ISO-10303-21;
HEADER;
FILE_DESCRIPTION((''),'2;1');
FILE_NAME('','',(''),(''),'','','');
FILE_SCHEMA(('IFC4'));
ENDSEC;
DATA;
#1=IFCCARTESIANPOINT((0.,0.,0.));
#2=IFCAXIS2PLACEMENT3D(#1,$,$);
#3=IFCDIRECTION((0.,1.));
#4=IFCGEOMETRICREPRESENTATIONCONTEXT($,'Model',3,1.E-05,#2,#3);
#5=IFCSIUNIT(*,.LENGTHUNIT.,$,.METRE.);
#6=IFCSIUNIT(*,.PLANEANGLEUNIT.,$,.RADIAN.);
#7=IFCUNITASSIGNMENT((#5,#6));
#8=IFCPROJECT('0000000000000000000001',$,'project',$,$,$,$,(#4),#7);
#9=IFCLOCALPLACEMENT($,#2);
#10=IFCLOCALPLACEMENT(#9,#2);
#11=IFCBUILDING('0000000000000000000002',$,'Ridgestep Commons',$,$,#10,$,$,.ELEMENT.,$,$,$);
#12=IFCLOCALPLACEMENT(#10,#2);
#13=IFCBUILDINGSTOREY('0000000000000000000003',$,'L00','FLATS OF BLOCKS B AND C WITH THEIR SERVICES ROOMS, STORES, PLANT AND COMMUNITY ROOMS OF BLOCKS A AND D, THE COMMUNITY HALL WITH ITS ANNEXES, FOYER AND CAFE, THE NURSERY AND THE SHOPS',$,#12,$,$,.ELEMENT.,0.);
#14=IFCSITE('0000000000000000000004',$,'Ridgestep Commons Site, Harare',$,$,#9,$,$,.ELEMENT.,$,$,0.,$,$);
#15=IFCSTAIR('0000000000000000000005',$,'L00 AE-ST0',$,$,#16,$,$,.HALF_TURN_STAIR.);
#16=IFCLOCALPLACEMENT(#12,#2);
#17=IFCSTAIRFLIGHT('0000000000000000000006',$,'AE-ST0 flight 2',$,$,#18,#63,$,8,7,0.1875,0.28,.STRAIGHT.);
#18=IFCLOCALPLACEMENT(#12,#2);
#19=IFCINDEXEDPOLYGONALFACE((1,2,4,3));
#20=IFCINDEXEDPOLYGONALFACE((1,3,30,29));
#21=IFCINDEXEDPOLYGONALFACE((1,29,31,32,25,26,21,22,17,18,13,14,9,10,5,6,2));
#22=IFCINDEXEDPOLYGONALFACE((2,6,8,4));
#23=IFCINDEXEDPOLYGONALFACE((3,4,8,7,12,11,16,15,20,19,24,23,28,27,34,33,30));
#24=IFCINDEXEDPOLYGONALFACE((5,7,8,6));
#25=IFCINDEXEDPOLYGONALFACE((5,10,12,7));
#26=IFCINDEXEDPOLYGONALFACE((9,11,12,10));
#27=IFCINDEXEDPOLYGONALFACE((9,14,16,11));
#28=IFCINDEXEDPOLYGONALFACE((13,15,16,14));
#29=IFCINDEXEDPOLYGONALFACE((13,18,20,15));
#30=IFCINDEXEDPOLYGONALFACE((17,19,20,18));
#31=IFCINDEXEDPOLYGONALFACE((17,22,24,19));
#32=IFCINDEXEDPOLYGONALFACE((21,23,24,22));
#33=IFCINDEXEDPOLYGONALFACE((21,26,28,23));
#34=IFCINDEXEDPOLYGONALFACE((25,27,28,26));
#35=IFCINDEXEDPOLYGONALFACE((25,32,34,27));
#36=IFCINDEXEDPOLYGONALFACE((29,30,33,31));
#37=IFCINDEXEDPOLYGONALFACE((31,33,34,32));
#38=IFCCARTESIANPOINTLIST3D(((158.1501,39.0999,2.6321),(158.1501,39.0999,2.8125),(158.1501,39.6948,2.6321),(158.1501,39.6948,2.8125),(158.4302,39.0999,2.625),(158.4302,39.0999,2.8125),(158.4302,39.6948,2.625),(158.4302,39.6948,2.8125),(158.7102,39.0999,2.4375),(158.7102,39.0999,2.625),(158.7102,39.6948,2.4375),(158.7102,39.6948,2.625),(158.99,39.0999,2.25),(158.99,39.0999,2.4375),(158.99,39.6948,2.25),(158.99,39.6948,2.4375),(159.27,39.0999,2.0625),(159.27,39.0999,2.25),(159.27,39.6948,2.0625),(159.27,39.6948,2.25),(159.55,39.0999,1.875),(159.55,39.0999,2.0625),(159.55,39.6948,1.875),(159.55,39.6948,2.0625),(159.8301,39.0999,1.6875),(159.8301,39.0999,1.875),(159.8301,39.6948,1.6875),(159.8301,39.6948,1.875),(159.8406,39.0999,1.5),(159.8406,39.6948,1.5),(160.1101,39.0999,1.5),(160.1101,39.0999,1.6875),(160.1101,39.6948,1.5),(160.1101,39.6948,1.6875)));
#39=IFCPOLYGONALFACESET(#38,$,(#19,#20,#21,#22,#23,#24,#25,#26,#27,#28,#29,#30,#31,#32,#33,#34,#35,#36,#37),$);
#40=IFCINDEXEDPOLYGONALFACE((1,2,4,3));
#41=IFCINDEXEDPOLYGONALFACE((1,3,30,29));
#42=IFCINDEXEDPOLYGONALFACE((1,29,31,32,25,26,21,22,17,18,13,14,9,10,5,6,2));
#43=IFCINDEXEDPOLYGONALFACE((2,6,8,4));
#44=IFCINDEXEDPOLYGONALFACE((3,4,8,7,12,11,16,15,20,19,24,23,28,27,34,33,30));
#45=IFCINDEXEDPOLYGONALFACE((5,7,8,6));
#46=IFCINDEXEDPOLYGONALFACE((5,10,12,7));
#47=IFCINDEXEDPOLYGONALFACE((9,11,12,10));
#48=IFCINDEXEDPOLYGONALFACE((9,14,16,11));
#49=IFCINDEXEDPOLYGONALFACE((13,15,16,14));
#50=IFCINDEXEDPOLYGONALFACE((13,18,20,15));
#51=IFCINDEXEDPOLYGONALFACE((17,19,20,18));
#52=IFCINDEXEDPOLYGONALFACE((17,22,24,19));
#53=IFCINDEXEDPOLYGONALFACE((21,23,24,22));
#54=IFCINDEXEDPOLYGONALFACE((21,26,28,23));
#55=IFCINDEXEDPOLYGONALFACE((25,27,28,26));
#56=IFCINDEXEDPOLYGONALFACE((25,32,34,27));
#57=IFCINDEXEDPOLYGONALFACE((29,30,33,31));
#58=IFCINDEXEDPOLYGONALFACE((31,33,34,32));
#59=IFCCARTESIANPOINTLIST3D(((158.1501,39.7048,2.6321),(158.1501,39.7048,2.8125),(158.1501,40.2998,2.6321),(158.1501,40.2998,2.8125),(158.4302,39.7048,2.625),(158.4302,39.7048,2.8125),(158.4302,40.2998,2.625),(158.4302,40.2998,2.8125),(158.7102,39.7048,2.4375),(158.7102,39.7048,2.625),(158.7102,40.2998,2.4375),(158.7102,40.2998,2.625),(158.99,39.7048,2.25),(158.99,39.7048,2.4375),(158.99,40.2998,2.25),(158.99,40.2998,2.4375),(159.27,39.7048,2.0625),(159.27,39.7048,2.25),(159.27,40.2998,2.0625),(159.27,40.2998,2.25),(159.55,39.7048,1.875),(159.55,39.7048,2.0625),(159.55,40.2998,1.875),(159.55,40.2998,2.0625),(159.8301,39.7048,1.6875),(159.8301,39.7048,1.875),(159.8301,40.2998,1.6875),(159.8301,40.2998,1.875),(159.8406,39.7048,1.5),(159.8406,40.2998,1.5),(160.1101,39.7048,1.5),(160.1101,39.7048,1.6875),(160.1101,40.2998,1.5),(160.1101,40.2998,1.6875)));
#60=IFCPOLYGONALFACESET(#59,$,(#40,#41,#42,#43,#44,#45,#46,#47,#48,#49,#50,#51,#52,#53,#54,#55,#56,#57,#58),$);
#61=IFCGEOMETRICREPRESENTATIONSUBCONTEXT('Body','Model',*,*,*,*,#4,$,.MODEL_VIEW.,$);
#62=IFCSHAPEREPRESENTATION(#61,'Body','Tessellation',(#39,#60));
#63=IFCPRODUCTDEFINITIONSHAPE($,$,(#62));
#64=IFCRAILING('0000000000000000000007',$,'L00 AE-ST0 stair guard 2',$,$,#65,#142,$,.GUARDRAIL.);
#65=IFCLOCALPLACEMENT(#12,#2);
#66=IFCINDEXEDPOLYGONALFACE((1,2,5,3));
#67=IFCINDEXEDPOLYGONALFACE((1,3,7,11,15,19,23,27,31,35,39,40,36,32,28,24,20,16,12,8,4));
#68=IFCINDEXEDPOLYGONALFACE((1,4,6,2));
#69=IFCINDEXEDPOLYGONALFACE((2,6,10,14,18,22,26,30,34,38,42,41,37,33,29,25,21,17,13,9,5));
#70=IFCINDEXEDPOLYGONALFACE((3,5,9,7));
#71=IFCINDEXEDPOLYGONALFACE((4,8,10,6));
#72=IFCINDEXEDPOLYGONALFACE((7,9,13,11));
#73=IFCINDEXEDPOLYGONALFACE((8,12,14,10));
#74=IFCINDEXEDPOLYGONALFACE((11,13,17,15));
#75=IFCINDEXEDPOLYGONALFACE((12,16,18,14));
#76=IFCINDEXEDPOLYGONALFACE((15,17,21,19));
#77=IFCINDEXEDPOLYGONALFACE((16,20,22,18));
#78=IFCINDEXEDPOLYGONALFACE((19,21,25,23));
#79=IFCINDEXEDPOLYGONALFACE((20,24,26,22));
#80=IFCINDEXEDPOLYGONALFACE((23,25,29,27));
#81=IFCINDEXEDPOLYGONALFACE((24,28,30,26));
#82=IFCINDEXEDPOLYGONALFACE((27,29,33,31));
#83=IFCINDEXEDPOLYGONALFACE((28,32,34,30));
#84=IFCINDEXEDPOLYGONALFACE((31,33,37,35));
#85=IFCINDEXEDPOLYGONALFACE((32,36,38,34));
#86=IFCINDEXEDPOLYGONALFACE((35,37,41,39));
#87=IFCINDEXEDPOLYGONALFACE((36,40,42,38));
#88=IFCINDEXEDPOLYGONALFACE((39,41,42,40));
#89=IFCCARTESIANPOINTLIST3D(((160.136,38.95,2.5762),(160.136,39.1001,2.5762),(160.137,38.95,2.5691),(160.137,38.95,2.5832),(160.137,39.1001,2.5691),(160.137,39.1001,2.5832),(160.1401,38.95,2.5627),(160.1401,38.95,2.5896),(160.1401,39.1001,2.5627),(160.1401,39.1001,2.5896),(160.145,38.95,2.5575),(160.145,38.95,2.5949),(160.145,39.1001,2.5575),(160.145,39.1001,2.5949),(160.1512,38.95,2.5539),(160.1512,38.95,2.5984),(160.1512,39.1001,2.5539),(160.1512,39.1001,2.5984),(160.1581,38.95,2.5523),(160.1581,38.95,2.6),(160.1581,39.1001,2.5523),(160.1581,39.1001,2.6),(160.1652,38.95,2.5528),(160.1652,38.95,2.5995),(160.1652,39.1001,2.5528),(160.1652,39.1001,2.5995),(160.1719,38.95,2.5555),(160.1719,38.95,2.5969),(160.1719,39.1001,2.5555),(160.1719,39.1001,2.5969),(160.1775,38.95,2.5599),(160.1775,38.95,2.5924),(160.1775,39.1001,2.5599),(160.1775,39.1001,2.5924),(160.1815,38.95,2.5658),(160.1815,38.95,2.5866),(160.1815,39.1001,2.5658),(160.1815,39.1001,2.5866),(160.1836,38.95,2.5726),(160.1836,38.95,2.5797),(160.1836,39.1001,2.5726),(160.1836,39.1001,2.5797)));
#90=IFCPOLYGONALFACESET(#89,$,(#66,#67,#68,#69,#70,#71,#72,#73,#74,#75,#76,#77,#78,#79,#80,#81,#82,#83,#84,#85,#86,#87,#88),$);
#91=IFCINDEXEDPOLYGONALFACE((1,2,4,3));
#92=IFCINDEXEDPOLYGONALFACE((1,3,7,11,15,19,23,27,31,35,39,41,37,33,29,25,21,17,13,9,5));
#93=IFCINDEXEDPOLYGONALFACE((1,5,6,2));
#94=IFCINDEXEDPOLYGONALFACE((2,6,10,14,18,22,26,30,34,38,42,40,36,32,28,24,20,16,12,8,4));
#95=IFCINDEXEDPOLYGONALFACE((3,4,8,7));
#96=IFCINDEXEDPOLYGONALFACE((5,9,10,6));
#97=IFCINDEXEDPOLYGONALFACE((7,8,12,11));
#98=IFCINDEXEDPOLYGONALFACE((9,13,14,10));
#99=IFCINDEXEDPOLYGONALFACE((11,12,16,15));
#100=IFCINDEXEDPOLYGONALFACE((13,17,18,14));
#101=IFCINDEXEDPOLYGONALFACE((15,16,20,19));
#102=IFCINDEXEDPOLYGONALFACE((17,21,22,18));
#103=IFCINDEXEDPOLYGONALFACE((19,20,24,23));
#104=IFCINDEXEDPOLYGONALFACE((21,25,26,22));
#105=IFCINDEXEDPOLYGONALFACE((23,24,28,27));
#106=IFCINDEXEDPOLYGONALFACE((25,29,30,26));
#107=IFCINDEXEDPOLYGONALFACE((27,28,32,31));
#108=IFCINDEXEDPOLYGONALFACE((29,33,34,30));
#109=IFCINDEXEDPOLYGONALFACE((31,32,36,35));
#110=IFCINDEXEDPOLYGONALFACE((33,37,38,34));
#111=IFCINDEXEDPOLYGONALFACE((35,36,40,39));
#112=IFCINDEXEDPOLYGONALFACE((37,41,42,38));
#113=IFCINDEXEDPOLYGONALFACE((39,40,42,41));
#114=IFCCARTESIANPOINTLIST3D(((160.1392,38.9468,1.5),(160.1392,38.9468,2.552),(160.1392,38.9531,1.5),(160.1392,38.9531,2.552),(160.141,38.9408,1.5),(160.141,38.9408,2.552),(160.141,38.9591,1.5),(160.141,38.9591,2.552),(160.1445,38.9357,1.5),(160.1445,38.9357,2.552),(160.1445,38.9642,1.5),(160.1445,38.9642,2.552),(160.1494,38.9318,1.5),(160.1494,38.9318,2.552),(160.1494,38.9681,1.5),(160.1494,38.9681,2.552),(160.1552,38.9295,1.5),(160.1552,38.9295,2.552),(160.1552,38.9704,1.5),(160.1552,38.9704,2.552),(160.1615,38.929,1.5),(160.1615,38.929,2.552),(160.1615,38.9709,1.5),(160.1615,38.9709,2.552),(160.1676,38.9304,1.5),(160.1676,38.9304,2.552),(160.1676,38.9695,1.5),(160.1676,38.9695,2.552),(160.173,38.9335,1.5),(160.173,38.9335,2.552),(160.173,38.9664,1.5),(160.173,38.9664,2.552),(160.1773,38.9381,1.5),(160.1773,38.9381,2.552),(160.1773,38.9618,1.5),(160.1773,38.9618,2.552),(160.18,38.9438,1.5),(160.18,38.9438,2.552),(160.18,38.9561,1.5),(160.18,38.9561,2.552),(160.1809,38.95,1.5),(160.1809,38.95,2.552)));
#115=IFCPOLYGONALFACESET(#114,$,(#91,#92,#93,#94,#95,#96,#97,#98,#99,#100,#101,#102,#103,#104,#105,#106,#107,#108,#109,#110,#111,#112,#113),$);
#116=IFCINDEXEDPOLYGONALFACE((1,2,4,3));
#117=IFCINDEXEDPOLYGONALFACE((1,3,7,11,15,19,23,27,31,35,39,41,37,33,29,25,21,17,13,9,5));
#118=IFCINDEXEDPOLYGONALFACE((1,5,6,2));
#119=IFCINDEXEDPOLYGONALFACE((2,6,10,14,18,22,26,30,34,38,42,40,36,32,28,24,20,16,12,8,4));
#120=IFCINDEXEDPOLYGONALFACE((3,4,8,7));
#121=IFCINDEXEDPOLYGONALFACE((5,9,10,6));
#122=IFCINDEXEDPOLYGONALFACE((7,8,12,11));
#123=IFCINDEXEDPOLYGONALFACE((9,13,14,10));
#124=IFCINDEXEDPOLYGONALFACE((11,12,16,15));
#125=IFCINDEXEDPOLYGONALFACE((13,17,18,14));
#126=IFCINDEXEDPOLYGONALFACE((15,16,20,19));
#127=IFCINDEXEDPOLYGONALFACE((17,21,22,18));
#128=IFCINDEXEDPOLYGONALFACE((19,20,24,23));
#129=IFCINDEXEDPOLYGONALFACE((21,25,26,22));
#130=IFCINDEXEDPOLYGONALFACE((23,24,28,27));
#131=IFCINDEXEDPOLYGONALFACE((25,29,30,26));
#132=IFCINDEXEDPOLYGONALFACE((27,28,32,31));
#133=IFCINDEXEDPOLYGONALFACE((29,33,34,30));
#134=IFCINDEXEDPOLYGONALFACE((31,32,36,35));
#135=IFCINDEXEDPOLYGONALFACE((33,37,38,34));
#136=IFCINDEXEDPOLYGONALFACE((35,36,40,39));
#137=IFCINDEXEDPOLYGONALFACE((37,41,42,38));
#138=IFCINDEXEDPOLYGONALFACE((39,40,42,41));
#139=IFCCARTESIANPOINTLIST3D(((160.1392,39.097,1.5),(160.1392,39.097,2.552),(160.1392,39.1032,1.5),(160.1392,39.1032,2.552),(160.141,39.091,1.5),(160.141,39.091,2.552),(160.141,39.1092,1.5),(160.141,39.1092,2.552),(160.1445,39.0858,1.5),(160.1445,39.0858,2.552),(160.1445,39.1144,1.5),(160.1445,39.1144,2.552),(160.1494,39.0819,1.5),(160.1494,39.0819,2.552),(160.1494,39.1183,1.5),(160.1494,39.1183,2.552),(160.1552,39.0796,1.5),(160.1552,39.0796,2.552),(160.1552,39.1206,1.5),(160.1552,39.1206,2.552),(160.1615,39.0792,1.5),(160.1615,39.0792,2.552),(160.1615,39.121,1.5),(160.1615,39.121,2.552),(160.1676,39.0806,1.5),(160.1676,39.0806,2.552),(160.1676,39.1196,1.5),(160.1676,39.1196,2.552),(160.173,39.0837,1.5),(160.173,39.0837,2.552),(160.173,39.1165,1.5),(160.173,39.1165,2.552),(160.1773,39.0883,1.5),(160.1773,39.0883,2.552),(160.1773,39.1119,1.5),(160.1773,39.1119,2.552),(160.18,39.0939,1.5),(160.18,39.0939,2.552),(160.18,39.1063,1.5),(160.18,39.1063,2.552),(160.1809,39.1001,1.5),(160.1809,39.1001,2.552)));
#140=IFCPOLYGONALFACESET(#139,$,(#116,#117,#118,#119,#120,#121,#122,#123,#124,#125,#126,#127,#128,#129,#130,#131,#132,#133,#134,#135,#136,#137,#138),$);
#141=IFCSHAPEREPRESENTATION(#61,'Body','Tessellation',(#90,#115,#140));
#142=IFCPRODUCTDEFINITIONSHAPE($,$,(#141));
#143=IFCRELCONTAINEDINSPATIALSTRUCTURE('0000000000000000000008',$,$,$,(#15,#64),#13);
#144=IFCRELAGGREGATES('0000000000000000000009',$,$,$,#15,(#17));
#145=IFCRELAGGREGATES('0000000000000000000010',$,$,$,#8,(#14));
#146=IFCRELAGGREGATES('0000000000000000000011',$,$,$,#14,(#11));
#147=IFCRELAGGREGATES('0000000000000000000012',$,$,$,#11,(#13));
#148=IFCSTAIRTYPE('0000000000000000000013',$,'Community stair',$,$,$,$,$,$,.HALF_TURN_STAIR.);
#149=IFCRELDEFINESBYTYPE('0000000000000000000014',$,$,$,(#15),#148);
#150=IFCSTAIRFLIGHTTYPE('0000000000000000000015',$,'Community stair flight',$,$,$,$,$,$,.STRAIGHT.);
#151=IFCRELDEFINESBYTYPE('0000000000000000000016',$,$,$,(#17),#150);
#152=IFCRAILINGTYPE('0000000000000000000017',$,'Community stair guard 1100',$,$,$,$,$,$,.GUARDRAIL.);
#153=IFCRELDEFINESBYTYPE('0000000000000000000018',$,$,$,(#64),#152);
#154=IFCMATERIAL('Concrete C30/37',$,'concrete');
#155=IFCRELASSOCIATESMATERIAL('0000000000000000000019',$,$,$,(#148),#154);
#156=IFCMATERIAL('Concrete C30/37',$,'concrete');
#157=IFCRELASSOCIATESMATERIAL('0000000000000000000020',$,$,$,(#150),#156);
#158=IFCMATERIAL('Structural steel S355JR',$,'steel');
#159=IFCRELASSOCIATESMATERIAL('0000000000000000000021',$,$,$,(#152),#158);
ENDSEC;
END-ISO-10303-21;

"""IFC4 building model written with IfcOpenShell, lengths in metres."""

from ifc_helpers import new_model, si_unit, direction, frame, origin, origin_2d, place, context, subcontext, project, spatial, polyline, circle, outline, extrude, material, type_object, element, aggregate, save


model = new_model("IFC4")

# Units and contexts
model_context = context("Model", 3, precision=1e-05, world=origin(), true_north=direction((0.0, 1.0)))
body_context = subcontext(model_context, "Body", "Model", "MODEL_VIEW")
ifc_project = project(units=[si_unit("LENGTHUNIT", "METRE"), si_unit("PLANEANGLEUNIT", "RADIAN")], contexts=[model_context])

# Site, building, storey
site_placement = place(None, origin())
site = spatial("IfcSite", under=ifc_project, at=site_placement, Name="Ridgestep Commons Site, Harare", CompositionType="ELEMENT", RefElevation=0.0)
building_placement = place(site_placement, origin())
building = spatial("IfcBuilding", under=site, at=building_placement, Name="Ridgestep Commons", CompositionType="ELEMENT")
storey_placement = place(building_placement, origin())
storey = spatial("IfcBuildingStorey", under=building, at=storey_placement, Name="L00", Description="FLATS OF BLOCKS B AND C WITH THEIR SERVICES ROOMS, STORES, PLANT AND COMMUNITY ROOMS OF BLOCKS A AND D, THE COMMUNITY HALL WITH ITS ANNEXES, FOYER AND CAFE, THE NURSERY AND THE SHOPS", CompositionType="ELEMENT", Elevation=0.0)

# Stair, stair flight
ifc_material_1 = material(Name="Concrete C30/37", Category="concrete")
stair_type = type_object("IfcStairType", Name="Community stair", PredefinedType="HALF_TURN_STAIR", material=ifc_material_1)
stair_placement = place(storey_placement, origin())
stair = element("IfcStair", 1, at=stair_placement, inside=storey, type_object=stair_type, Name="L00 AE-ST0", PredefinedType="HALF_TURN_STAIR")
ifc_material_2 = material(Name="Concrete C30/37", Category="concrete")
stair_flight_type = type_object("IfcStairFlightType", Name="Community stair flight", PredefinedType="STRAIGHT", material=ifc_material_2)
stair_flight_placement = place(storey_placement, frame((160.1101, 39.7, 1.5), z_axis=(0.0, 0.0, 1.0), x_axis=(-1.0, 0.0, 0.0)))
stair_flight = element("IfcStairFlight", 2, at=stair_flight_placement, type_object=stair_flight_type, Name="AE-ST0 flight 2", NumberOfRisers=8, NumberOfTreads=7, PredefinedType="STRAIGHT", RiserHeight=0.1875, TreadLength=0.28, context=body_context, shape_type="SweptSolid", body=[
    extrude(outline(polyline([(0.0, 0.0), (0.0, 0.1875), (0.28, 0.1875), (0.28, 0.375), (0.5601, 0.375), (0.5601, 0.5625), (0.8401, 0.5625), (0.8401, 0.75), (1.1201, 0.75), (1.1201, 0.9375), (1.3999, 0.9375), (1.3999, 1.125), (1.6799, 1.125), (1.6799, 1.3125), (1.96, 1.3125), (1.96, 1.5), (1.96, 1.1321), (0.2695, 0.0), (0.0, 0.0)])), frame((0.0, 0.6001, 0.0), z_axis=(0.0, -1.0, 0.0), x_axis=(1.0, 0.0, 0.0)), (0.0, 0.0, 1.0), 0.595),
    extrude(outline(polyline([(0.0, 0.0), (0.0, 0.1875), (0.28, 0.1875), (0.28, 0.375), (0.5601, 0.375), (0.5601, 0.5625), (0.8401, 0.5625), (0.8401, 0.75), (1.1201, 0.75), (1.1201, 0.9375), (1.3999, 0.9375), (1.3999, 1.125), (1.6799, 1.125), (1.6799, 1.3125), (1.96, 1.3125), (1.96, 1.5), (1.96, 1.1321), (0.2695, 0.0), (0.0, 0.0)])), frame((0.0, -0.0049, 0.0), z_axis=(0.0, -1.0, 0.0), x_axis=(1.0, 0.0, 0.0)), (0.0, 0.0, 1.0), 0.595),
])
aggregate(stair, [stair_flight])

# Railing
ifc_material_3 = material(Name="Structural steel S355JR", Category="steel")
railing_type_1 = type_object("IfcRailingType", Name="Community stair guard 1100", PredefinedType="GUARDRAIL", material=ifc_material_3)
railing_1_placement = place(storey_placement, frame((160.1599, 38.95, 1.5)))
element("IfcRailing", 3, at=railing_1_placement, inside=storey, type_object=railing_type_1, Name="L00 AE-ST0 stair guard 2", PredefinedType="GUARDRAIL", context=body_context, shape_type="SweptSolid", body=[
    extrude(circle(Radius=0.0239, at=origin_2d()), frame((0.0, 0.0, 1.0762), z_axis=(0.0, 1.0, 0.0), x_axis=(-1.0, 0.0, 0.0)), (0.0, 0.0, 1.0), 0.1501),
    extrude(circle(Radius=0.021, at=origin_2d()), origin(), (0.0, 0.0, 1.0), 1.052),
    extrude(circle(Radius=0.021, at=origin_2d()), frame((0.0, 0.1501, 0.0)), (0.0, 0.0, 1.0), 1.052),
])

save(model, "model.ifc")
